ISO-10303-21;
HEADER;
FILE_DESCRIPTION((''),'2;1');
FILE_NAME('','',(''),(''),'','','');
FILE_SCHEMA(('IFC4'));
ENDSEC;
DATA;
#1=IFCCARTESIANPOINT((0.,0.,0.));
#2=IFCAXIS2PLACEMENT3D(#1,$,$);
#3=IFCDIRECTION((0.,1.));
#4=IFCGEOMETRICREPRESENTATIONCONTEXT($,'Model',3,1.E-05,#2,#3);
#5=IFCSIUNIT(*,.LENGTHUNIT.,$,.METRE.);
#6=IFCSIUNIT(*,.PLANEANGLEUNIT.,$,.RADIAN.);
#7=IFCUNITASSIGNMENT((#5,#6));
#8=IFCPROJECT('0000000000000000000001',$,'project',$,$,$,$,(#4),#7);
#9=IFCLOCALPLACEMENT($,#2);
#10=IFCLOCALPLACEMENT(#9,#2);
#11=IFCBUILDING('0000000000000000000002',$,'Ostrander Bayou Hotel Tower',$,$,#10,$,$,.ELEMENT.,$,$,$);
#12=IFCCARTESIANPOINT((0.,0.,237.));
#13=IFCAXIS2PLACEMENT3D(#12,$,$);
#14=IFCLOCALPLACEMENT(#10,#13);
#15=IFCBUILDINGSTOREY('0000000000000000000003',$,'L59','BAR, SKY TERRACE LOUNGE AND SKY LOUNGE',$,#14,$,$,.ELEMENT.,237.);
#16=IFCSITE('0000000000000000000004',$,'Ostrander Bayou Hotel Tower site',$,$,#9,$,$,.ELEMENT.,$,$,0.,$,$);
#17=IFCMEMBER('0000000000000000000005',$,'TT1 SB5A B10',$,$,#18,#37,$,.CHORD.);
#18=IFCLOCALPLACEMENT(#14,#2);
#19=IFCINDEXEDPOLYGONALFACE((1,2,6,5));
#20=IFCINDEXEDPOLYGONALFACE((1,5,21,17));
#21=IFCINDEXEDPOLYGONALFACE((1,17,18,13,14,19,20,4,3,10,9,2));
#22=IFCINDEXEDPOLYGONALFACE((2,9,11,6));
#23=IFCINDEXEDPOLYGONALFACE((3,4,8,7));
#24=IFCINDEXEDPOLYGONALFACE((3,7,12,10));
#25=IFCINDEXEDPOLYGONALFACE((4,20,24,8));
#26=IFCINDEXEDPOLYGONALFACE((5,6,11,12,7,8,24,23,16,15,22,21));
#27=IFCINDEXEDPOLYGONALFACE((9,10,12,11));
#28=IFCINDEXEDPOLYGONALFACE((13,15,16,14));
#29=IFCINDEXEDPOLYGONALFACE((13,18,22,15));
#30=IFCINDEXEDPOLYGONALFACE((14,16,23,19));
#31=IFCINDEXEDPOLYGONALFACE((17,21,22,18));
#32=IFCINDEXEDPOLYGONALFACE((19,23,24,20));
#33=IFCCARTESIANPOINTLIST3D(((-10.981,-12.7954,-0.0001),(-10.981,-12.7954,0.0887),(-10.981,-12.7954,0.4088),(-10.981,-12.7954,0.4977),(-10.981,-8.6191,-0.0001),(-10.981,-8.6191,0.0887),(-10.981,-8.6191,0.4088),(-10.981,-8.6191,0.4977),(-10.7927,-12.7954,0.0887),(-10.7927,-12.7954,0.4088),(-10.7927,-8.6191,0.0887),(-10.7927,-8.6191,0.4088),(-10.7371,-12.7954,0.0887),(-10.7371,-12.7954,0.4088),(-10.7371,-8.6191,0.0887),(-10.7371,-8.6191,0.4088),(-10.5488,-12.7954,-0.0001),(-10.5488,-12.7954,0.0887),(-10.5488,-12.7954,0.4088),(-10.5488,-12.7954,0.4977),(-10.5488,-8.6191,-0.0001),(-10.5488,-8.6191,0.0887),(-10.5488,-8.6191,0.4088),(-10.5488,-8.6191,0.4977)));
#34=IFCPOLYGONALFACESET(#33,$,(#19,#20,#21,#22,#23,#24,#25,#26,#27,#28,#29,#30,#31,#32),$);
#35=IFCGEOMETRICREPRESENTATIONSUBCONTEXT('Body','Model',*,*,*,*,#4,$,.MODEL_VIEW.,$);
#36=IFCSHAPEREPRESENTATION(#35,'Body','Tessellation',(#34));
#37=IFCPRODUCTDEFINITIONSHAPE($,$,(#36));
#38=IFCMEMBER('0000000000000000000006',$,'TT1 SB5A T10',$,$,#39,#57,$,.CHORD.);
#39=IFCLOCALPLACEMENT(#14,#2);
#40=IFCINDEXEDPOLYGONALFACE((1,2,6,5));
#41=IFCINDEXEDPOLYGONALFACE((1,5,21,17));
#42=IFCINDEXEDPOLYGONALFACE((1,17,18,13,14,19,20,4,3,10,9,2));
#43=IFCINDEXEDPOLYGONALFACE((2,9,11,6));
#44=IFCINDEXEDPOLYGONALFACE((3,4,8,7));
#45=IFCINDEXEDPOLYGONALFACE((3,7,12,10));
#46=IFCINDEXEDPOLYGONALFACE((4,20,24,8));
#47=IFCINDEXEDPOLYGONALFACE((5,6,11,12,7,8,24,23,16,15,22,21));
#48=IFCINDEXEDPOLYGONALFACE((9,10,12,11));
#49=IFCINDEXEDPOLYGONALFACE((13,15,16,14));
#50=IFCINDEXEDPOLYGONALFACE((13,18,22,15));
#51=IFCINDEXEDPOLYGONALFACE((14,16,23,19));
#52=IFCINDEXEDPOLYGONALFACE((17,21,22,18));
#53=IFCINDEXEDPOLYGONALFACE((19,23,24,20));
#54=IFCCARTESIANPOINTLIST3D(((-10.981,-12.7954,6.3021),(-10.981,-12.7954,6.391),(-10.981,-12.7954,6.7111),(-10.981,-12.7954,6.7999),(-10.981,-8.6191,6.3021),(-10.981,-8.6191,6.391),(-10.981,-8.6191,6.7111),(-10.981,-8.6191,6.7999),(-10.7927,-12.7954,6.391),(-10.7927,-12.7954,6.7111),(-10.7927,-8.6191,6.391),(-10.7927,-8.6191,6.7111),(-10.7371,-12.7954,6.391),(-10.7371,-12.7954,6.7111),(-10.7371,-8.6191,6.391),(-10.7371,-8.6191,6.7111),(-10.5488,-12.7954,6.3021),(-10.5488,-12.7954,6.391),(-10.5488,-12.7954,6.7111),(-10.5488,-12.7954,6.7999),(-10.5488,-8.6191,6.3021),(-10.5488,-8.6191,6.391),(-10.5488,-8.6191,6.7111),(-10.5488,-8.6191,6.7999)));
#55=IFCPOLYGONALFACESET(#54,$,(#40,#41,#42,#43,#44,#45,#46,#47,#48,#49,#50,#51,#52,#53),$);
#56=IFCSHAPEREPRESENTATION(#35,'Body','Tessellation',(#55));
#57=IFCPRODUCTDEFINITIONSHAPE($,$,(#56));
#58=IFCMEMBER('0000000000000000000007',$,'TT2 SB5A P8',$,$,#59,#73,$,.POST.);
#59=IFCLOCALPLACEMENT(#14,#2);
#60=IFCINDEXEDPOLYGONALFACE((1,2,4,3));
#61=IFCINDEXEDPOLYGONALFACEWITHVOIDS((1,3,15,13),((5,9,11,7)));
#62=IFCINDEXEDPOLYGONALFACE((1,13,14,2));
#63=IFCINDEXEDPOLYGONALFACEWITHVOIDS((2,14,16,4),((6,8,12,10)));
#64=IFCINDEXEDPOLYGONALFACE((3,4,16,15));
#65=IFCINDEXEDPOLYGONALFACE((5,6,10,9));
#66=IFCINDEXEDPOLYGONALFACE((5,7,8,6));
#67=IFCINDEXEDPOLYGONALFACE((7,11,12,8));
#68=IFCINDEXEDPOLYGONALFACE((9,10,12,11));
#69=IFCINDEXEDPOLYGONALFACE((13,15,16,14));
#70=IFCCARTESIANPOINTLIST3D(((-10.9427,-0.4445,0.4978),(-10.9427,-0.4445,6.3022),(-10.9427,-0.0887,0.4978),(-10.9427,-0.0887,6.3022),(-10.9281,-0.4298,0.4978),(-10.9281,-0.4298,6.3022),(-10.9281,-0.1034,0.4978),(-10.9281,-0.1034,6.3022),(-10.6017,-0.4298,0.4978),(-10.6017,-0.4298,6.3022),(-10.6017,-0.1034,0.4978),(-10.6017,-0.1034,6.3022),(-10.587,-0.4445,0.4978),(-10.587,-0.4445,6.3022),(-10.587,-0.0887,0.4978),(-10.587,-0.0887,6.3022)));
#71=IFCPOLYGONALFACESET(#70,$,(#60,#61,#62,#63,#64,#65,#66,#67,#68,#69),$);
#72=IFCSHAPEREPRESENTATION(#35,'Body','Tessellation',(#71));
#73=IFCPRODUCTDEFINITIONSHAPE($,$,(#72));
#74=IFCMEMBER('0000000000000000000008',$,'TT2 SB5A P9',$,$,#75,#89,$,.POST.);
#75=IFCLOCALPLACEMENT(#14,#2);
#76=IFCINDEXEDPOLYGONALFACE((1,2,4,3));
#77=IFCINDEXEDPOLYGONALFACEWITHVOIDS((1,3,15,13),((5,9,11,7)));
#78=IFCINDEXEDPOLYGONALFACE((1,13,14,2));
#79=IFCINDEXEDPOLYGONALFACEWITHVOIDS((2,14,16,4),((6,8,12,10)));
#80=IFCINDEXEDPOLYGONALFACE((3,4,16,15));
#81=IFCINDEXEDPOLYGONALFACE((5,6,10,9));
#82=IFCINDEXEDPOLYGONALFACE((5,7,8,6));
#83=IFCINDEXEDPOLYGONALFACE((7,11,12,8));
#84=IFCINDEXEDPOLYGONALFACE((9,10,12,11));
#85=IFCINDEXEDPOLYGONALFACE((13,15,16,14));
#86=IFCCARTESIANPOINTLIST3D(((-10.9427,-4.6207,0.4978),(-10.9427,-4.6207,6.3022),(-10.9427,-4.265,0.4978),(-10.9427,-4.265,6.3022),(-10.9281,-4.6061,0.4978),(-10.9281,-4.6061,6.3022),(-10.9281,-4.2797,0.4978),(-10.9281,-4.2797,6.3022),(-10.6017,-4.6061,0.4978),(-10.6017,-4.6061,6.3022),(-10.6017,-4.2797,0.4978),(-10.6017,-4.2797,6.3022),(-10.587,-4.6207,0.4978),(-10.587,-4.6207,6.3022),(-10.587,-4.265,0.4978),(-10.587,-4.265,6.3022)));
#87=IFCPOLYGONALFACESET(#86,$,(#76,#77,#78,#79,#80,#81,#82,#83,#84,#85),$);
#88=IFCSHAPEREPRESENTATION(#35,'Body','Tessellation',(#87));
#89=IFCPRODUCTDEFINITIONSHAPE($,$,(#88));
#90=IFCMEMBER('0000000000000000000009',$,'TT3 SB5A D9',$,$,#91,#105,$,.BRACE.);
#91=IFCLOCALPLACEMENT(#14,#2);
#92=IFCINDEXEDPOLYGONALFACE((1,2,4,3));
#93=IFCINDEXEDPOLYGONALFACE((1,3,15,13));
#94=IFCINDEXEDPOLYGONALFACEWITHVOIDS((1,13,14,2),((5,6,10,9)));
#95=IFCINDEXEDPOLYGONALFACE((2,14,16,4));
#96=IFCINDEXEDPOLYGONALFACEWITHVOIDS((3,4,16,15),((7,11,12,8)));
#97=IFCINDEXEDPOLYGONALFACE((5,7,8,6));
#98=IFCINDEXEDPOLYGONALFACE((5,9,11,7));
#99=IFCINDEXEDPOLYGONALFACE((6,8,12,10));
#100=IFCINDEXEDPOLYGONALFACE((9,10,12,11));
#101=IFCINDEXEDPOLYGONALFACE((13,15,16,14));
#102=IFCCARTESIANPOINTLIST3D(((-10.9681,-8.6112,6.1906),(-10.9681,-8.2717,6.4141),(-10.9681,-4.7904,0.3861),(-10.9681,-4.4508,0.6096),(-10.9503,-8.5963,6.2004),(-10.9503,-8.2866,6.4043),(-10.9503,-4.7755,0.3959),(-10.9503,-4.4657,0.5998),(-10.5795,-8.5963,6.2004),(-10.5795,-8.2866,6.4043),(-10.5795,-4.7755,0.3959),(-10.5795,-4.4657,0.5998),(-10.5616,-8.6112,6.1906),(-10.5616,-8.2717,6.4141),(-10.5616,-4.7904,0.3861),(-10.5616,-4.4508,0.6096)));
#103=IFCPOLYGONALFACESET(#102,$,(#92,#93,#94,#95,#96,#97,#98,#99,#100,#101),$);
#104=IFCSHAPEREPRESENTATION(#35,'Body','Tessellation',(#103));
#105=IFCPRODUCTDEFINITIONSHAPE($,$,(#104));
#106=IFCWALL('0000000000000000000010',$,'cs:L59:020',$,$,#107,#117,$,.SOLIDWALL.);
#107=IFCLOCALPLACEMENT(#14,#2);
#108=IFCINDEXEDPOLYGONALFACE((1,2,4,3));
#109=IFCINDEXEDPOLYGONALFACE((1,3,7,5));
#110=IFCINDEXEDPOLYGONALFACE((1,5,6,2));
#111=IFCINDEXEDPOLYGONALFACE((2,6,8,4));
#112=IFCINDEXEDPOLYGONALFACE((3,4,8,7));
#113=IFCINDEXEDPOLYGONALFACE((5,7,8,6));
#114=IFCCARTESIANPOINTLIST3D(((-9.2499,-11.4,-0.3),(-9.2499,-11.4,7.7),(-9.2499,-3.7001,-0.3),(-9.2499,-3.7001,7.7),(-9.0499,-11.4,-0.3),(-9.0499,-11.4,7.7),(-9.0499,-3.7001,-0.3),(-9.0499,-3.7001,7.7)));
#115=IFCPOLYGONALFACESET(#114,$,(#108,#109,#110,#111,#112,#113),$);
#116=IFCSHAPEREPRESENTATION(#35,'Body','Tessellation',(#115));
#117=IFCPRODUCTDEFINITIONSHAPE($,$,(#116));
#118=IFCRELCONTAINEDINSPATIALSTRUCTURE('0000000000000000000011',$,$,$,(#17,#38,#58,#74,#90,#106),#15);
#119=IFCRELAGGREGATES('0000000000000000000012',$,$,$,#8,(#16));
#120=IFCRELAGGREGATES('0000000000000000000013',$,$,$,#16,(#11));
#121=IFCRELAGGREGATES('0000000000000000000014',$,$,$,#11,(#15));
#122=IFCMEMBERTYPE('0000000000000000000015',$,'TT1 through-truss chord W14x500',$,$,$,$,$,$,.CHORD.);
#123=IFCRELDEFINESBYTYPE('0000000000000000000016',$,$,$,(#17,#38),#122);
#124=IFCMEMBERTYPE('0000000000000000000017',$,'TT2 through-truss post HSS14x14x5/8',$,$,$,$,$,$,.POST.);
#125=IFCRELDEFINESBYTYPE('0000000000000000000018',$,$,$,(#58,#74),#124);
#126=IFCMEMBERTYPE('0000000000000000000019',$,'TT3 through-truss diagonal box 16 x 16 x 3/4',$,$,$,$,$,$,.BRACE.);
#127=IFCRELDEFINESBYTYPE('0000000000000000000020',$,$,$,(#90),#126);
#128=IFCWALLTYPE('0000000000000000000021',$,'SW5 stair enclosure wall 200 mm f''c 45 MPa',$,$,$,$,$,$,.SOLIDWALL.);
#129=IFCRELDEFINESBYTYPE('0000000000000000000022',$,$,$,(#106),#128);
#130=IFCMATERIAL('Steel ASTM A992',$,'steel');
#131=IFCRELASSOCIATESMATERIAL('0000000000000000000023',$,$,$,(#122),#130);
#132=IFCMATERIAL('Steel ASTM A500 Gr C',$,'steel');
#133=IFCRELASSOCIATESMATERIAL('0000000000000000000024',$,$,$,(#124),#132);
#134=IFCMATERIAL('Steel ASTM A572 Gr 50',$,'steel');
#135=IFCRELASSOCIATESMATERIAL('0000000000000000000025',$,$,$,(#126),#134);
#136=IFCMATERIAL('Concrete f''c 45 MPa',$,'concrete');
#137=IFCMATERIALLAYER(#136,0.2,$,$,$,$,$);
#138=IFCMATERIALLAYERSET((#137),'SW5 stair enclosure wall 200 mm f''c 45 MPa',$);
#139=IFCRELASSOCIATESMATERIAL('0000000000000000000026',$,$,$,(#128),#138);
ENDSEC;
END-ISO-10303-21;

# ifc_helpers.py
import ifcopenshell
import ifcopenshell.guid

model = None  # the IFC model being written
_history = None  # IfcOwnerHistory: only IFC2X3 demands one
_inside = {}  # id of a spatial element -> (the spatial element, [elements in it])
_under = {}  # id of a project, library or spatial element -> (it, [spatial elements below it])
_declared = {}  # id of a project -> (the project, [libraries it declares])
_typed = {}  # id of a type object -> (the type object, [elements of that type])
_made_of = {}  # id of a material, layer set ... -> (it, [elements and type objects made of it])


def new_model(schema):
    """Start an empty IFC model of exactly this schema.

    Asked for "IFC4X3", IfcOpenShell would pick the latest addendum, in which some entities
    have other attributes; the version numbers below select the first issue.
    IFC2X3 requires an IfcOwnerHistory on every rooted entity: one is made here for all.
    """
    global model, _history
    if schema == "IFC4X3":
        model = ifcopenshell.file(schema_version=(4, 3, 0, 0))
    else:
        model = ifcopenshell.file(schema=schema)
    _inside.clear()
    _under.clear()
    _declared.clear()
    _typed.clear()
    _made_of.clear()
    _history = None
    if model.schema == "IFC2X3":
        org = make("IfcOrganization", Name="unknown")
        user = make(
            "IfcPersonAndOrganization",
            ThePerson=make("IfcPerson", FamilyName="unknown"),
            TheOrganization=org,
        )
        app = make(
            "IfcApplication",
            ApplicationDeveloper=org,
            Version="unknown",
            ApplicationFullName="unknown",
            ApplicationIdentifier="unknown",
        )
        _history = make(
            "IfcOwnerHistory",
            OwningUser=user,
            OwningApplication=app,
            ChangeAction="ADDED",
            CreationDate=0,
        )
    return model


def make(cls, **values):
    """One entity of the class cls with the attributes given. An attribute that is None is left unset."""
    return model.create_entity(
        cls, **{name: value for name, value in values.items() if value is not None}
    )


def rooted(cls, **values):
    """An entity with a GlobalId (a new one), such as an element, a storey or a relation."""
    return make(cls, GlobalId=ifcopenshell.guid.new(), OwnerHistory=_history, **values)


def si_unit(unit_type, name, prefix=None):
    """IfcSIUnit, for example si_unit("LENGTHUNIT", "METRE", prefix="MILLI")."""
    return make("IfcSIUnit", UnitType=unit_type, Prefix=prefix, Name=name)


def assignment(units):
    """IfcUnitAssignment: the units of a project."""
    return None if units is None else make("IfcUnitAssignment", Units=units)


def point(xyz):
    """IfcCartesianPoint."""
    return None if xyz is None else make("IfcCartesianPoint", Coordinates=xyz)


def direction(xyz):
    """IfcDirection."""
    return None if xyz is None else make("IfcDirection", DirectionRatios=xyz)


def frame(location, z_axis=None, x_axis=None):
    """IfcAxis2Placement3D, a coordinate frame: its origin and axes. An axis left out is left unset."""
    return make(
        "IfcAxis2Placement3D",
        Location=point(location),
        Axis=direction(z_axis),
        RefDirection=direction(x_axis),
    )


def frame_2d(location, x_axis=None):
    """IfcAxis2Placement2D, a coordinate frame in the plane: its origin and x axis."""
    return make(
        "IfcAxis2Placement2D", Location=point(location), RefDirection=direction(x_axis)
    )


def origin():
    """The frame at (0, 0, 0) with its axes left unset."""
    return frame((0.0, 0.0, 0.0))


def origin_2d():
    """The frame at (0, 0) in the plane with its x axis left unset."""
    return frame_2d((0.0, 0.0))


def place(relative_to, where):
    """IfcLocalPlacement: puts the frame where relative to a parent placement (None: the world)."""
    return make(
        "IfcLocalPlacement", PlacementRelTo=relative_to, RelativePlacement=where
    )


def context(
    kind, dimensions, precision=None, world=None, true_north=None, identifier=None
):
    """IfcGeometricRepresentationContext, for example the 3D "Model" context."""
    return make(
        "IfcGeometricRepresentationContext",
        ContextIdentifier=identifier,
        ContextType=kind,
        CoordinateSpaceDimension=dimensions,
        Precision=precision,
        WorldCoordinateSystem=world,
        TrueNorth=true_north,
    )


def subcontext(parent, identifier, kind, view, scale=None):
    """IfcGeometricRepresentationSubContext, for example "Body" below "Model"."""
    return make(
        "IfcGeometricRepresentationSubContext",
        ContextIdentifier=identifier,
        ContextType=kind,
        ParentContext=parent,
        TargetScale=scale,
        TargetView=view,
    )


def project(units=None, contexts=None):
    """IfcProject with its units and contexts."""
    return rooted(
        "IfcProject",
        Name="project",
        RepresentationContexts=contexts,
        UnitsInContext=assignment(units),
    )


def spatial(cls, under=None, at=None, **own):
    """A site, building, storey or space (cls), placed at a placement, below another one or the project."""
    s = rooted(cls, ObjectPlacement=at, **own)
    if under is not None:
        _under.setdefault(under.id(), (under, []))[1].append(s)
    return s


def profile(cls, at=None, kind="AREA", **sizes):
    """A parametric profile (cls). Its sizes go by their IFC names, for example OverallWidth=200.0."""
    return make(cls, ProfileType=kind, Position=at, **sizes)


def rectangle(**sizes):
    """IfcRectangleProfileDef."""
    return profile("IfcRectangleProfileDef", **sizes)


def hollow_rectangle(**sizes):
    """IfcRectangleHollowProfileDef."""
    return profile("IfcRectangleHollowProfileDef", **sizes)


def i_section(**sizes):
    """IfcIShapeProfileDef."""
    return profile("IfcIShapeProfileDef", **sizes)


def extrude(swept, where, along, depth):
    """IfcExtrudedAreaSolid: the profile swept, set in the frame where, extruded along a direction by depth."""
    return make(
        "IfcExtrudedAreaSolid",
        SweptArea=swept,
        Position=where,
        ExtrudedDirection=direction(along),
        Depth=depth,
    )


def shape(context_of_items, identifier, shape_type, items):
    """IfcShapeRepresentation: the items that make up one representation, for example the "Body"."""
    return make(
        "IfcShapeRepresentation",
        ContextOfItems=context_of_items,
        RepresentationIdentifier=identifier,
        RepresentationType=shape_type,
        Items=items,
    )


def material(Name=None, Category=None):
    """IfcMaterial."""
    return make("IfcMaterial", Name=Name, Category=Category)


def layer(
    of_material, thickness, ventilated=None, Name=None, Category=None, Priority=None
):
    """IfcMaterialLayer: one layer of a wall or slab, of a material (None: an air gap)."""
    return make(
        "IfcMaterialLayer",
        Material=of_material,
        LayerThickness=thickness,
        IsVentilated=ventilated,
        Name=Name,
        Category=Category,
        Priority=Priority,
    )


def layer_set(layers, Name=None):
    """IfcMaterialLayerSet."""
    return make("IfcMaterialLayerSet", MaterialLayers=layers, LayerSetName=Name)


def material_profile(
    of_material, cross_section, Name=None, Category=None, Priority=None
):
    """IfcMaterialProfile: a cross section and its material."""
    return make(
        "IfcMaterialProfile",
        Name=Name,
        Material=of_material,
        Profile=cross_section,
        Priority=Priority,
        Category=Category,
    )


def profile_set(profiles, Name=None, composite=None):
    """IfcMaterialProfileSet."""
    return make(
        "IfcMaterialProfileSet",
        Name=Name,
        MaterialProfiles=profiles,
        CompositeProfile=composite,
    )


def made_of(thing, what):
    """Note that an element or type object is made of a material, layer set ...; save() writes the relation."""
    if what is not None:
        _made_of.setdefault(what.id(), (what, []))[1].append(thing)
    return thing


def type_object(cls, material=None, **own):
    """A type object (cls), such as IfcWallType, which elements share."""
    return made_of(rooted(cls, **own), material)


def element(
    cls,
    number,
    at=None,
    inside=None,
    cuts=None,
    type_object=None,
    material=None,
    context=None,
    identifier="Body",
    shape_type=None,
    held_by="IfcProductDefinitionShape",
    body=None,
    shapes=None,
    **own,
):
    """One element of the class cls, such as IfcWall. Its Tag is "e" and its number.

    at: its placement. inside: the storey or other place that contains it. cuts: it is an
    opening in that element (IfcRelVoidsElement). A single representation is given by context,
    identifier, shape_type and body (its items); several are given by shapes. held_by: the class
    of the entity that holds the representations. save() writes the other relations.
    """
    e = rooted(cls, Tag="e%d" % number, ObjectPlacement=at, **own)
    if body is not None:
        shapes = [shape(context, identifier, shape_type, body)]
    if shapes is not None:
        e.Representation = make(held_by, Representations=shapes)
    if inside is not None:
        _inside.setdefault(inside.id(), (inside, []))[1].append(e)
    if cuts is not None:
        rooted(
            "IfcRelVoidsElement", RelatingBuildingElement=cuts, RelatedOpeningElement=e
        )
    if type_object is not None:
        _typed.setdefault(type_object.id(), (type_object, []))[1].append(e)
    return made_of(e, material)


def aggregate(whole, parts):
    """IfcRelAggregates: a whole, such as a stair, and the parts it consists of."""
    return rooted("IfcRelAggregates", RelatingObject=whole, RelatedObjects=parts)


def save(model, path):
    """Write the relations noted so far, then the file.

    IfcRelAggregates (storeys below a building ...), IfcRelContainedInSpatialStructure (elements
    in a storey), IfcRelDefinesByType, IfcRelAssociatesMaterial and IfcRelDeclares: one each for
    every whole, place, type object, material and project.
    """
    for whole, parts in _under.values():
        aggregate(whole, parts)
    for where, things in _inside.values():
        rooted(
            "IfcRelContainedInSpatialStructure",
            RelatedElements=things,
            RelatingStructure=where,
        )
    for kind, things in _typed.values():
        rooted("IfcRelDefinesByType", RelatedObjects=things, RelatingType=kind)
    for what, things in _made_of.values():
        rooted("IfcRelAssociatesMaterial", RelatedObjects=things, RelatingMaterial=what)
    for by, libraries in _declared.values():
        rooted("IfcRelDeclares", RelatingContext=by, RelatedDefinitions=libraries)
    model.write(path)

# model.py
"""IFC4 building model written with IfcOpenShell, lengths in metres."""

from ifc_helpers import new_model, si_unit, direction, frame, frame_2d, origin, origin_2d, place, context, subcontext, project, spatial, rectangle, hollow_rectangle, i_section, extrude, material, layer, layer_set, material_profile, profile_set, type_object, element, save


model = new_model("IFC4")

# Units and contexts
model_context = context("Model", 3, precision=1e-05, world=origin(), true_north=direction((0.0, 1.0)))
body_context = subcontext(model_context, "Body", "Model", "MODEL_VIEW")
ifc_project = project(units=[si_unit("LENGTHUNIT", "METRE"), si_unit("PLANEANGLEUNIT", "RADIAN")], contexts=[model_context])

# Site, building, storey
site_placement = place(None, origin())
site = spatial("IfcSite", under=ifc_project, at=site_placement, Name="Ostrander Bayou Hotel Tower site", CompositionType="ELEMENT", RefElevation=0.0)
building_placement = place(site_placement, origin())
building = spatial("IfcBuilding", under=site, at=building_placement, Name="Ostrander Bayou Hotel Tower", CompositionType="ELEMENT")
storey_placement = place(building_placement, frame((0.0, 0.0, 237.0)))
storey = spatial("IfcBuildingStorey", under=building, at=storey_placement, Name="L59", Description="BAR, SKY TERRACE LOUNGE AND SKY LOUNGE", CompositionType="ELEMENT", Elevation=237.0)

# Members
ifc_material_1 = material(Name="Steel ASTM A992", Category="steel")
ifc_material_profile_1 = material_profile(ifc_material_1, i_section(OverallWidth=0.4321, OverallDepth=0.4978, WebThickness=0.0557, FlangeThickness=0.0889, at=origin_2d()))
ifc_profile_set_1 = profile_set([ifc_material_profile_1], Name="Steel ASTM A992")
member_type_1 = type_object("IfcMemberType", Name="TT1 through-truss chord W14x500", PredefinedType="CHORD", material=ifc_profile_set_1)
for number, where, z_axis, x_axis, name in (
    (1, (-10.7649, -8.6191, 0.2488), (0.0, -1.0, 0.0), (1.0, 0.0, 0.0), "TT1 SB5A B10"),
    (2, (-10.7649, -8.6191, 6.551), (0.0, -1.0, 0.0), (1.0, 0.0, 0.0), "TT1 SB5A T10"),
):
    element("IfcMember", number, at=place(storey_placement, frame(where, z_axis=z_axis, x_axis=x_axis)), inside=storey, type_object=member_type_1, Name=name, PredefinedType="CHORD", context=body_context, shape_type="SweptSolid", body=[
        extrude(i_section(OverallWidth=0.4321, OverallDepth=0.4978, WebThickness=0.0557, FlangeThickness=0.0889, at=origin_2d()), origin(), (0.0, 0.0, 1.0), 4.1763),
    ])
ifc_material_2 = material(Name="Steel ASTM A500 Gr C", Category="steel")
ifc_material_profile_2 = material_profile(ifc_material_2, hollow_rectangle(XDim=0.3557, YDim=0.3557, WallThickness=0.0146, at=origin_2d()))
ifc_profile_set_2 = profile_set([ifc_material_profile_2], Name="Steel ASTM A500 Gr C")
member_type_2 = type_object("IfcMemberType", Name="TT2 through-truss post HSS14x14x5/8", PredefinedType="POST", material=ifc_profile_set_2)
for number, where, z_axis, x_axis, name in (
    (3, (-10.7649, -0.2666, 0.4978), (0.0, 0.0, 1.0), (1.0, 0.0, 0.0), "TT2 SB5A P8"),
    (4, (-10.7649, -4.4429, 0.4978), (0.0, 0.0, 1.0), (1.0, 0.0, 0.0), "TT2 SB5A P9"),
):
    element("IfcMember", number, at=place(storey_placement, frame(where, z_axis=z_axis, x_axis=x_axis)), inside=storey, type_object=member_type_2, Name=name, PredefinedType="POST", context=body_context, shape_type="SweptSolid", body=[
        extrude(hollow_rectangle(XDim=0.3557, YDim=0.3557, WallThickness=0.0146, at=origin_2d()), origin(), (0.0, 0.0, 1.0), 5.8044),
    ])
ifc_material_3 = material(Name="Steel ASTM A572 Gr 50", Category="steel")
ifc_material_profile_3 = material_profile(ifc_material_3, hollow_rectangle(XDim=0.4065, YDim=0.4065, WallThickness=0.0178, at=origin_2d()))
ifc_profile_set_3 = profile_set([ifc_material_profile_3], Name="Steel ASTM A572 Gr 50")
member_type_3 = type_object("IfcMemberType", Name="TT3 through-truss diagonal box 16 x 16 x 3/4", PredefinedType="BRACE", material=ifc_profile_set_3)
member_placement = place(storey_placement, frame((-10.7649, -4.6206, 0.4978), z_axis=(0.0, -0.549826, 0.835279), x_axis=(1.0, 0.0, 0.0)))
element("IfcMember", 5, at=member_placement, inside=storey, type_object=member_type_3, Name="TT3 SB5A D9", PredefinedType="BRACE", context=body_context, shape_type="SweptSolid", body=[
    extrude(hollow_rectangle(XDim=0.4065, YDim=0.4065, WallThickness=0.0178, at=origin_2d()), origin(), (0.0, 0.0, 1.0), 6.9492),
])

# Shared definitions
ifc_material_4 = material(Name="Concrete f'c 45 MPa", Category="concrete")
ifc_layer_1 = layer(ifc_material_4, 0.2)
ifc_layer_set_1 = layer_set([ifc_layer_1], Name="SW5 stair enclosure wall 200 mm f'c 45 MPa")
wall_type = type_object("IfcWallType", Name="SW5 stair enclosure wall 200 mm f'c 45 MPa", PredefinedType="SOLIDWALL", material=ifc_layer_set_1)

# Wall
wall_1_placement = place(storey_placement, frame((-9.1499, -3.7, -0.3), z_axis=(0.0, 0.0, 1.0), x_axis=(0.0, -1.0, 0.0)))
element("IfcWall", 6, at=wall_1_placement, inside=storey, type_object=wall_type, Name="cs:L59:020", PredefinedType="SOLIDWALL", context=body_context, shape_type="SweptSolid", body=[
    extrude(rectangle(XDim=7.7, YDim=0.2, at=frame_2d((3.8501, 0.0))), origin(), (0.0, 0.0, 1.0), 8.0),
])

save(model, "model.ifc")
